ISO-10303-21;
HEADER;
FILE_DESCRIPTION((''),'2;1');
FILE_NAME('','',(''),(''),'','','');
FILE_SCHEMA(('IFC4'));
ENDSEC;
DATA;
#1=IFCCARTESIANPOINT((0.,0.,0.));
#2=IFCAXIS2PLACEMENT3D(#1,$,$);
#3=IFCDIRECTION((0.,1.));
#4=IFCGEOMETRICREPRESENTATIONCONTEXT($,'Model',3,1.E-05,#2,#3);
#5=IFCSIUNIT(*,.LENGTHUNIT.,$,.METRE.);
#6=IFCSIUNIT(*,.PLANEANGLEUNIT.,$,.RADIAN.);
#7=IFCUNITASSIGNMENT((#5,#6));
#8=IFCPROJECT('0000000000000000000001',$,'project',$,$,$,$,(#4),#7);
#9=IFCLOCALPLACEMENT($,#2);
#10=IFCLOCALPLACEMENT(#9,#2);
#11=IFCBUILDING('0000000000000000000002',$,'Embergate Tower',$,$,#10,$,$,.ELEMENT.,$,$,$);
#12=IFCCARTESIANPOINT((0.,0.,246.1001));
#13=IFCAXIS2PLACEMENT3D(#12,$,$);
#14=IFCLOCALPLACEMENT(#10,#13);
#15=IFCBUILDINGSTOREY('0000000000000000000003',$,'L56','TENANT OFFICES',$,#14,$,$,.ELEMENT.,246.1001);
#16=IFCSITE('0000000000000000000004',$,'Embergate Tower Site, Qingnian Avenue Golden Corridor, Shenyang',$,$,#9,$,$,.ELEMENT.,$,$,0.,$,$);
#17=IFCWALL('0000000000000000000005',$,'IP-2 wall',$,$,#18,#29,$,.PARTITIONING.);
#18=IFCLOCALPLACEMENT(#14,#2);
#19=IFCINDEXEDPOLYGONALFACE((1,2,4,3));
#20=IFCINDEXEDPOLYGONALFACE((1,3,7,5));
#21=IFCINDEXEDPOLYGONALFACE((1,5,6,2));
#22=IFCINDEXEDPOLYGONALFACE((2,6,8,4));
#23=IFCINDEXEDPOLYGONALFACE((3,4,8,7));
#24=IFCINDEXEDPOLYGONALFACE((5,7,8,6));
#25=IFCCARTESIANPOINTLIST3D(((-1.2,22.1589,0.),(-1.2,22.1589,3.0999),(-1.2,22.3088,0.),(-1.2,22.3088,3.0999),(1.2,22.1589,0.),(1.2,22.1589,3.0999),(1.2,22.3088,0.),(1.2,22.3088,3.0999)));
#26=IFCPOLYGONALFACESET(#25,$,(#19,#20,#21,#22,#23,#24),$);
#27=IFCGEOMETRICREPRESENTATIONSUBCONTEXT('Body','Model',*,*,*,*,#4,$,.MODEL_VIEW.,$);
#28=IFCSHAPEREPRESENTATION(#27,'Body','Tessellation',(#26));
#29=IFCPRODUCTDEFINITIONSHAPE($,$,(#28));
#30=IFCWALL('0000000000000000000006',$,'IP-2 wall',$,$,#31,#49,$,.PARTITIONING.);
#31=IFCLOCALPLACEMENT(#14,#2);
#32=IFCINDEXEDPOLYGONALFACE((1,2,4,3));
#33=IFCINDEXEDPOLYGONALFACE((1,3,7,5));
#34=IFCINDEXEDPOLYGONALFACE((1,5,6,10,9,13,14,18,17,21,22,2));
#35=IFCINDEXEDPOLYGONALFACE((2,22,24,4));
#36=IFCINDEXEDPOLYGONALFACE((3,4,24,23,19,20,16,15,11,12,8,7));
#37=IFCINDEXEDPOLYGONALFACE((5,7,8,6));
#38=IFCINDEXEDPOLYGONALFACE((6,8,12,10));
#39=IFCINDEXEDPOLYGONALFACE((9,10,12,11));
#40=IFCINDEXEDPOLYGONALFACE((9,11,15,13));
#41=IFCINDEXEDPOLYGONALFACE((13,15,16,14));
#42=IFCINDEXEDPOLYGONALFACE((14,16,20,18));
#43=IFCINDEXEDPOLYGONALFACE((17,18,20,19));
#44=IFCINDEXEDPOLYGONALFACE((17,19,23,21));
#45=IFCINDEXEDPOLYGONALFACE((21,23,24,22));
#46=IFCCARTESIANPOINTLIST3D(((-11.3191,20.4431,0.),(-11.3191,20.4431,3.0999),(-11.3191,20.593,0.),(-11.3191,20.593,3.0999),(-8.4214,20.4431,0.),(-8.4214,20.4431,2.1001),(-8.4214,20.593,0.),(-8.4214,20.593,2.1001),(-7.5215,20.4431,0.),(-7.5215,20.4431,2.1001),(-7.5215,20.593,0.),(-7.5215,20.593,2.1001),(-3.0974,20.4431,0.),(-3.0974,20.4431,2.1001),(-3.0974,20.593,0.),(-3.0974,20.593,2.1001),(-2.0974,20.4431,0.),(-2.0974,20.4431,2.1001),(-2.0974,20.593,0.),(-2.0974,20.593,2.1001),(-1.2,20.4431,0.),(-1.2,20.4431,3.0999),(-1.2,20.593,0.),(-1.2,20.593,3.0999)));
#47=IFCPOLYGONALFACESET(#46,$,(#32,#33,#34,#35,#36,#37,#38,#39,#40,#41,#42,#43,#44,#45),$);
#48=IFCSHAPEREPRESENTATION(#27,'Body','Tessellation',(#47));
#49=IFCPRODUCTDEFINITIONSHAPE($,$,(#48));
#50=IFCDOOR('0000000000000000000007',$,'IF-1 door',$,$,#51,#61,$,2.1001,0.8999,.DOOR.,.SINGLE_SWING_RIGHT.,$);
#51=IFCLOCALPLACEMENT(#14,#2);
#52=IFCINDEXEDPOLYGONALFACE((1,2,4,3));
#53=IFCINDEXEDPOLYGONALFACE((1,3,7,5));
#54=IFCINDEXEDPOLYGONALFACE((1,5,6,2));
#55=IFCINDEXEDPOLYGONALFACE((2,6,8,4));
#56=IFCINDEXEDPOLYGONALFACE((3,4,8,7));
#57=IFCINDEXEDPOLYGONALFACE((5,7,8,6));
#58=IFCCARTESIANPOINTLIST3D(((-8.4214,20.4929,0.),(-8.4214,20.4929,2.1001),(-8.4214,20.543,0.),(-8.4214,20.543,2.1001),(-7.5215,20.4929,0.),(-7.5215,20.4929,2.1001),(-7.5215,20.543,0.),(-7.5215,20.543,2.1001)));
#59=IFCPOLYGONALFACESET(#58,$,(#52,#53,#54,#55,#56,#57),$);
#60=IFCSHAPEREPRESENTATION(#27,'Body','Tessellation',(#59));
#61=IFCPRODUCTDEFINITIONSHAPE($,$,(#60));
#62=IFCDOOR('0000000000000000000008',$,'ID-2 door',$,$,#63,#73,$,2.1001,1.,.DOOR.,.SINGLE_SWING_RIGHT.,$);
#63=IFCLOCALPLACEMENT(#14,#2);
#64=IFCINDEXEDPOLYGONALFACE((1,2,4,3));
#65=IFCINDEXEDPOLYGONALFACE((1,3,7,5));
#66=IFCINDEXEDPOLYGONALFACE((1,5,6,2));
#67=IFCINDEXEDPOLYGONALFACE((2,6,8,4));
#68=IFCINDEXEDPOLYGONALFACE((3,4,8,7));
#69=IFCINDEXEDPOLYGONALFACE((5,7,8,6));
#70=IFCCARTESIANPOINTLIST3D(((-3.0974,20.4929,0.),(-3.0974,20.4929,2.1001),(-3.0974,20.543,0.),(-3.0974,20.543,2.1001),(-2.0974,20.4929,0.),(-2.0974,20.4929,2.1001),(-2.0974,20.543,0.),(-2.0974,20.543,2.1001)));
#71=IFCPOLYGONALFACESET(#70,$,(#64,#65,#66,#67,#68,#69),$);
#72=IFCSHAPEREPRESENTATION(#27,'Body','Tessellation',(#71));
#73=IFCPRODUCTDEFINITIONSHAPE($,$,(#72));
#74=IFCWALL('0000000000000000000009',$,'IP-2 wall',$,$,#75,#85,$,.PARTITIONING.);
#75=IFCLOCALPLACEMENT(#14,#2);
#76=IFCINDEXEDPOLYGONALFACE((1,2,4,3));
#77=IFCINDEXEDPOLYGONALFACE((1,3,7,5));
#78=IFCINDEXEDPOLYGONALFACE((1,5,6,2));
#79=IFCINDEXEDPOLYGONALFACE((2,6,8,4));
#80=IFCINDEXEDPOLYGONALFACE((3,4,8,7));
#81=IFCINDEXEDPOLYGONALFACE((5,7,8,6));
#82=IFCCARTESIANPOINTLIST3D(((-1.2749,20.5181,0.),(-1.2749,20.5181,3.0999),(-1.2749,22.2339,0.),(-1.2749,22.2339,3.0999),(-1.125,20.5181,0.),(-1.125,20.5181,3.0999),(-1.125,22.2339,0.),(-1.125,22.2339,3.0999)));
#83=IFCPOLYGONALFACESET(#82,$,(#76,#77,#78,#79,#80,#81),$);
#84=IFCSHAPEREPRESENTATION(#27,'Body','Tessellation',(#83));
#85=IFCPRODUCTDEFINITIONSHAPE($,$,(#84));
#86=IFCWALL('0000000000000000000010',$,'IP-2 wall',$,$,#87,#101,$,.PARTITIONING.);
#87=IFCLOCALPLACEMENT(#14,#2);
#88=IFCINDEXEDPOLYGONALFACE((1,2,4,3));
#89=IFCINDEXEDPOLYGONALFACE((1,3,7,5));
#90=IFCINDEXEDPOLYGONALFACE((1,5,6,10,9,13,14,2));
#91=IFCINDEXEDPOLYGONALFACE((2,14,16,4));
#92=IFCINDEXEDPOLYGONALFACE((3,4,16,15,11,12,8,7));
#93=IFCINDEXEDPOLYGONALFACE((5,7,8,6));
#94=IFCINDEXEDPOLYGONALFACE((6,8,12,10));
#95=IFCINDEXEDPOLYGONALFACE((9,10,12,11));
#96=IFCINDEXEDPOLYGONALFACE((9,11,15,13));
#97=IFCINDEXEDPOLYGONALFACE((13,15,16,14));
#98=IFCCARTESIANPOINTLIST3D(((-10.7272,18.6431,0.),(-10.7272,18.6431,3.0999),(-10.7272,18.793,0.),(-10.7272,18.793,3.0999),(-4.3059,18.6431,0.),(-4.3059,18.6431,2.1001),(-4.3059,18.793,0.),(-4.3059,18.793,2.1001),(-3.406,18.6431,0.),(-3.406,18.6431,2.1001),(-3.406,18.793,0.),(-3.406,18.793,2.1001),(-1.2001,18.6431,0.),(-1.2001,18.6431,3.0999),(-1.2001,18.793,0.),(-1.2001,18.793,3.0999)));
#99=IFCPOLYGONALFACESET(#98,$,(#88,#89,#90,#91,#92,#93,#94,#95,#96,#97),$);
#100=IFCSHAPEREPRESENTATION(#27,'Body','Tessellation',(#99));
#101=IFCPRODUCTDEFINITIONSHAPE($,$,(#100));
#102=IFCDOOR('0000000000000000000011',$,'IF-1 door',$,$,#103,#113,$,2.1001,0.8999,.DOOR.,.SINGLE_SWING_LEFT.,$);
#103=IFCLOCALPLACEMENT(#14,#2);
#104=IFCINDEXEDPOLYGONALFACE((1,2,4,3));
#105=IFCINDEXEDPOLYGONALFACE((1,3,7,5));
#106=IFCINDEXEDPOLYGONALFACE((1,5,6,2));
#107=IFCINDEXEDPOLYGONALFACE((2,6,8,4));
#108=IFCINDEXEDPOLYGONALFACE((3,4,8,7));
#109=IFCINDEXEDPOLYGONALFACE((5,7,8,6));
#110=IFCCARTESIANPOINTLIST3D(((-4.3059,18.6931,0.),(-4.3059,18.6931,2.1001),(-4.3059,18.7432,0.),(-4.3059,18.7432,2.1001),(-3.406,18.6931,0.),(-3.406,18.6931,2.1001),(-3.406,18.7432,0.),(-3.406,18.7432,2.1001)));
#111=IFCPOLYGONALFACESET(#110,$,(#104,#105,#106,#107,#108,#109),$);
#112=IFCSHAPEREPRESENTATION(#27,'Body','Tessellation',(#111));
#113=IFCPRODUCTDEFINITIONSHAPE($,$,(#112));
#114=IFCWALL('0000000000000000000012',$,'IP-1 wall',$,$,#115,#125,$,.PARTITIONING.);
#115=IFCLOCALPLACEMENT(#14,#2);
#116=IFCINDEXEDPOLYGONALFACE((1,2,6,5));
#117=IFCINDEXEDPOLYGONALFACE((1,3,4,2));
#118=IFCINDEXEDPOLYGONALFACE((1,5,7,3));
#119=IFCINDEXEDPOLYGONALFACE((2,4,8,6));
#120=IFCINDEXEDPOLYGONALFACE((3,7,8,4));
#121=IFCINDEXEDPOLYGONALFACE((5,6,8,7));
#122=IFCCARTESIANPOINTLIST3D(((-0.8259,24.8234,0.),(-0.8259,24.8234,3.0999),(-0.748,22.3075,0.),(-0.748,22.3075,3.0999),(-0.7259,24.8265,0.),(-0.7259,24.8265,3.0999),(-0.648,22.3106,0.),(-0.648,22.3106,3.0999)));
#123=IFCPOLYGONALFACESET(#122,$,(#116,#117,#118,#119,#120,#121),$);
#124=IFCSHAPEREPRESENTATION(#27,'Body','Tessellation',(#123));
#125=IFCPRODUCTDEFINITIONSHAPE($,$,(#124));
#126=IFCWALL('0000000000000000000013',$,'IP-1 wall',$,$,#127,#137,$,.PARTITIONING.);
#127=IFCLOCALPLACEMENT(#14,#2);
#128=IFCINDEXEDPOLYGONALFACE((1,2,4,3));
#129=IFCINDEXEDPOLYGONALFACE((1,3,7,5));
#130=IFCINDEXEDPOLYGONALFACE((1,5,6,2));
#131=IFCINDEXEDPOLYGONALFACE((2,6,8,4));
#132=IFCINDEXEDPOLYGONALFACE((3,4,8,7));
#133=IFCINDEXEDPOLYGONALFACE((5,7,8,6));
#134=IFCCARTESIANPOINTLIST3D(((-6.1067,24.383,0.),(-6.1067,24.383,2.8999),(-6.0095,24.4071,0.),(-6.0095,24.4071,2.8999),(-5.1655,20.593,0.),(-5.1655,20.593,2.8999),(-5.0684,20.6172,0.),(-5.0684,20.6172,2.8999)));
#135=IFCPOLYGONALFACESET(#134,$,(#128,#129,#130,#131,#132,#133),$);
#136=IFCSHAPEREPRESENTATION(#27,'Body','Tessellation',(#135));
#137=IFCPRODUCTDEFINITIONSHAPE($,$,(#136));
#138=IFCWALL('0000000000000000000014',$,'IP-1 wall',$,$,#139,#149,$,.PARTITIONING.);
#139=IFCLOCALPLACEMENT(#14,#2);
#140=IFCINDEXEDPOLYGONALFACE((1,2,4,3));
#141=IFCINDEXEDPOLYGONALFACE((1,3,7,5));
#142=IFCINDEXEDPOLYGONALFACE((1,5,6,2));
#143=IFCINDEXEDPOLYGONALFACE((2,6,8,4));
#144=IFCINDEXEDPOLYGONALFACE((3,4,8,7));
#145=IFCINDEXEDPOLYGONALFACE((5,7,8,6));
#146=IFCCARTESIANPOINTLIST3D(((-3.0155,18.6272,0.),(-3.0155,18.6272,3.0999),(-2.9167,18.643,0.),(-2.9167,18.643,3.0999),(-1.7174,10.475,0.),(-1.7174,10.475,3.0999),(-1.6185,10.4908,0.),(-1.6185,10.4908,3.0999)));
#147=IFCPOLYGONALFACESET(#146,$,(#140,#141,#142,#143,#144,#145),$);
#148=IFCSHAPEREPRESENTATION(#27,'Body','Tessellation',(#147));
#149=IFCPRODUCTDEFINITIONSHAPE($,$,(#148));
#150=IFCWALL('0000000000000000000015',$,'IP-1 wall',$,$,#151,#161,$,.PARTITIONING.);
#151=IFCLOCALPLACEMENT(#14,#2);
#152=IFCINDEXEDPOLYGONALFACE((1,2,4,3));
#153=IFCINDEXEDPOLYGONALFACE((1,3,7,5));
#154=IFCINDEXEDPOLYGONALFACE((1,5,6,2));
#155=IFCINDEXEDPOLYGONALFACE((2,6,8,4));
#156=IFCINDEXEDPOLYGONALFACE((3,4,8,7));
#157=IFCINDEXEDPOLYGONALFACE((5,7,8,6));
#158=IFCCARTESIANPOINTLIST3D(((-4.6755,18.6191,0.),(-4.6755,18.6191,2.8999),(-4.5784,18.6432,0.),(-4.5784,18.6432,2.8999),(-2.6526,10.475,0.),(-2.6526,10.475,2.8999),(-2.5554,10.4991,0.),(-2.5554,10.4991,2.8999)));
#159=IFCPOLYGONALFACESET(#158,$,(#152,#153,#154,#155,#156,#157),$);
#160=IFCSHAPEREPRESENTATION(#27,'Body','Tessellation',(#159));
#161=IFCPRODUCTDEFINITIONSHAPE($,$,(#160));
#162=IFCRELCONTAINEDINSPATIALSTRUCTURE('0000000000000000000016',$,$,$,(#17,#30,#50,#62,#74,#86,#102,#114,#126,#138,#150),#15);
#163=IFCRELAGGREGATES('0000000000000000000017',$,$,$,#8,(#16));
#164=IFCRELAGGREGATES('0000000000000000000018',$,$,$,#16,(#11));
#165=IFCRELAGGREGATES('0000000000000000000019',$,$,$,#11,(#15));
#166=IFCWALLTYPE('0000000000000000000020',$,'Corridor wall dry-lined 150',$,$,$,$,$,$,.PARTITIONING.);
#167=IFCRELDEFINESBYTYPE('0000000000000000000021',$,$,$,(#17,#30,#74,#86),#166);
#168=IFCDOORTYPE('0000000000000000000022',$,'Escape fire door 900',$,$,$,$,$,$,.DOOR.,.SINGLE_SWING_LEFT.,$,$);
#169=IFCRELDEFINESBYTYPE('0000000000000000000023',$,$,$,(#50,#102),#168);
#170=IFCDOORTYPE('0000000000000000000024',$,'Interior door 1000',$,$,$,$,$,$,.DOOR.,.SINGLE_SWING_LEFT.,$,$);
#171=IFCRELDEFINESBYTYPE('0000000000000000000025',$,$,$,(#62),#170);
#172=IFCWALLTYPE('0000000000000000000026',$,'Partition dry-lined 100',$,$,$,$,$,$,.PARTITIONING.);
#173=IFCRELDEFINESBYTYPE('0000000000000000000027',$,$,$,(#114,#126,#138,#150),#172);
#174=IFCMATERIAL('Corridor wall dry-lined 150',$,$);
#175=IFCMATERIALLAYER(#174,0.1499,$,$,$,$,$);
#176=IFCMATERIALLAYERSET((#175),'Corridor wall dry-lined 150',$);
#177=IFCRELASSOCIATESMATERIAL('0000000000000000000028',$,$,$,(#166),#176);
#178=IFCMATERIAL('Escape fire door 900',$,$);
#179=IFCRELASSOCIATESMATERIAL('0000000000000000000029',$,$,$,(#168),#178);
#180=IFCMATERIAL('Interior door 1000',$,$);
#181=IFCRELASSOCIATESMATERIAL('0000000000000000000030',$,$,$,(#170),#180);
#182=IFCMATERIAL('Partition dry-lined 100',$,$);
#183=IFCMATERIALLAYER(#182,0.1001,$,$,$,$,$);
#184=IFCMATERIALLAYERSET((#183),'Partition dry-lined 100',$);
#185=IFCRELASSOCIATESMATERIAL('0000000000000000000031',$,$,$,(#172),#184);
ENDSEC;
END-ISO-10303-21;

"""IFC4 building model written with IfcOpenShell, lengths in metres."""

from ifc_helpers import new_model, si_unit, direction, frame, frame_2d, origin, place, context, subcontext, project, spatial, rectangle, extrude, source, transform, mapped, material, layer, layer_set, type_object, element, fill, save


model = new_model("IFC4")

# Units and contexts
model_context = context("Model", 3, precision=1e-05, world=origin(), true_north=direction((0.0, 1.0)))
body_context = subcontext(model_context, "Body", "Model", "MODEL_VIEW")
ifc_project = project(units=[si_unit("LENGTHUNIT", "METRE"), si_unit("PLANEANGLEUNIT", "RADIAN")], contexts=[model_context])

# Site, building, storey
site_placement = place(None, origin())
site = spatial("IfcSite", under=ifc_project, at=site_placement, Name="Embergate Tower Site, Qingnian Avenue Golden Corridor, Shenyang", CompositionType="ELEMENT", RefElevation=0.0)
building_placement = place(site_placement, origin())
building = spatial("IfcBuilding", under=site, at=building_placement, Name="Embergate Tower", CompositionType="ELEMENT")
storey_placement = place(building_placement, frame((0.0, 0.0, 246.1001)))
storey = spatial("IfcBuildingStorey", under=building, at=storey_placement, Name="L56", Description="TENANT OFFICES", CompositionType="ELEMENT", Elevation=246.1001)

# Wall
ifc_material_1 = material(Name="Corridor wall dry-lined 150")
ifc_layer_1 = layer(ifc_material_1, 0.1499)
ifc_layer_set_1 = layer_set([ifc_layer_1], Name="Corridor wall dry-lined 150")
wall_type_1 = type_object("IfcWallType", Name="Corridor wall dry-lined 150", PredefinedType="PARTITIONING", material=ifc_layer_set_1)
shared_shape_1 = source(origin(), body_context, "Body", "SweptSolid", [
    extrude(rectangle(XDim=2.3999, YDim=0.1499, at=frame_2d((1.2, 0.0))), origin(), (0.0, 0.0, 1.0), 3.0999),
])
wall_1_placement = place(storey_placement, frame((-1.2, 22.2339, 0.0), z_axis=(0.0, 0.0, 1.0), x_axis=(1.0, 0.0, 0.0)))
element("IfcWall", 1, at=wall_1_placement, inside=storey, type_object=wall_type_1, Name="IP-2 wall", PredefinedType="PARTITIONING", context=body_context, shape_type="MappedRepresentation", body=[
    mapped(shared_shape_1, transform((0.0, 0.0, 0.0))),
])

# Wall, openings, doors
shared_shape_2 = source(origin(), body_context, "Body", "SweptSolid", [
    extrude(rectangle(XDim=10.1191, YDim=0.1499, at=frame_2d((5.0596, 0.0))), origin(), (0.0, 0.0, 1.0), 3.0999),
])
wall_2_placement = place(storey_placement, frame((-11.3191, 20.5181, 0.0), z_axis=(0.0, 0.0, 1.0), x_axis=(1.0, 0.0, 0.0)))
wall_2 = element("IfcWall", 2, at=wall_2_placement, inside=storey, type_object=wall_type_1, Name="IP-2 wall", PredefinedType="PARTITIONING", context=body_context, shape_type="MappedRepresentation", body=[
    mapped(shared_shape_2, transform((0.0, 0.0, 0.0))),
])
shared_shape_3 = source(origin(), body_context, "Body", "SweptSolid", [
    extrude(rectangle(XDim=1.0, YDim=2.1001, at=frame_2d((0.5, 1.05))), frame((0.0, 0.085, 0.0), z_axis=(0.0, -1.0, 0.0), x_axis=(1.0, 0.0, 0.0)), (0.0, 0.0, 1.0), 0.1699),
])
opening_1_placement = place(wall_2_placement, frame((8.2217, 0.0, 0.0)))
opening_1 = element("IfcOpeningElement", 3, at=opening_1_placement, cuts=wall_2, PredefinedType="OPENING", context=body_context, shape_type="MappedRepresentation", body=[
    mapped(shared_shape_3, transform((0.0, 0.0, 0.0))),
])
shared_shape_4 = source(origin(), body_context, "Body", "SweptSolid", [
    extrude(rectangle(XDim=0.8999, YDim=2.1001, at=frame_2d((0.45, 1.05))), frame((0.0, 0.085, 0.0), z_axis=(0.0, -1.0, 0.0), x_axis=(1.0, 0.0, 0.0)), (0.0, 0.0, 1.0), 0.1699),
])
opening_2_placement = place(wall_2_placement, frame((2.8977, 0.0, 0.0)))
opening_2 = element("IfcOpeningElement", 4, at=opening_2_placement, cuts=wall_2, PredefinedType="OPENING", context=body_context, shape_type="MappedRepresentation", body=[
    mapped(shared_shape_4, transform((0.0, 0.0, 0.0))),
])
ifc_material_2 = material(Name="Escape fire door 900")
door_type_1 = type_object("IfcDoorType", Name="Escape fire door 900", OperationType="SINGLE_SWING_LEFT", PredefinedType="DOOR", material=ifc_material_2)
shared_shape_5 = source(origin(), body_context, "Body", "SweptSolid", [
    extrude(rectangle(XDim=0.8999, YDim=2.1001, at=frame_2d((0.45, 1.05))), frame((0.0, 0.0249, 0.0), z_axis=(0.0, -1.0, 0.0), x_axis=(1.0, 0.0, 0.0)), (0.0, 0.0, 1.0), 0.05),
])
door_1_placement = place(opening_2_placement, origin())
door_1 = element("IfcDoor", 5, at=door_1_placement, inside=storey, type_object=door_type_1, Name="IF-1 door", OperationType="SINGLE_SWING_RIGHT", OverallHeight=2.1001, OverallWidth=0.8999, PredefinedType="DOOR", context=body_context, shape_type="MappedRepresentation", body=[
    mapped(shared_shape_5, transform((0.0, 0.0, 0.0))),
])
fill(opening_2, door_1)
ifc_material_3 = material(Name="Interior door 1000")
door_type_2 = type_object("IfcDoorType", Name="Interior door 1000", OperationType="SINGLE_SWING_LEFT", PredefinedType="DOOR", material=ifc_material_3)
shared_shape_6 = source(origin(), body_context, "Body", "SweptSolid", [
    extrude(rectangle(XDim=1.0, YDim=2.1001, at=frame_2d((0.5, 1.05))), frame((0.0, 0.0249, 0.0), z_axis=(0.0, -1.0, 0.0), x_axis=(1.0, 0.0, 0.0)), (0.0, 0.0, 1.0), 0.05),
])
door_2_placement = place(opening_1_placement, origin())
door_2 = element("IfcDoor", 6, at=door_2_placement, inside=storey, type_object=door_type_2, Name="ID-2 door", OperationType="SINGLE_SWING_RIGHT", OverallHeight=2.1001, OverallWidth=1.0, PredefinedType="DOOR", context=body_context, shape_type="MappedRepresentation", body=[
    mapped(shared_shape_6, transform((0.0, 0.0, 0.0))),
])
fill(opening_1, door_2)

# Wall
shared_shape_7 = source(origin(), body_context, "Body", "SweptSolid", [
    extrude(rectangle(XDim=1.7158, YDim=0.1499, at=frame_2d((0.8579, 0.0))), origin(), (0.0, 0.0, 1.0), 3.0999),
])
wall_3_placement = place(storey_placement, frame((-1.2, 20.5181, 0.0), z_axis=(0.0, 0.0, 1.0), x_axis=(0.0, 1.0, 0.0)))
element("IfcWall", 7, at=wall_3_placement, inside=storey, type_object=wall_type_1, Name="IP-2 wall", PredefinedType="PARTITIONING", context=body_context, shape_type="MappedRepresentation", body=[
    mapped(shared_shape_7, transform((0.0, 0.0, 0.0))),
])

# Wall, opening, door
shared_shape_8 = source(origin(), body_context, "Body", "SweptSolid", [
    extrude(rectangle(XDim=9.5271, YDim=0.1499, at=frame_2d((4.7637, 0.0))), origin(), (0.0, 0.0, 1.0), 3.0999),
])
wall_4_placement = place(storey_placement, frame((-1.2, 18.718, 0.0), z_axis=(0.0, 0.0, 1.0), x_axis=(-1.0, 0.0, 0.0)))
wall_4 = element("IfcWall", 8, at=wall_4_placement, inside=storey, type_object=wall_type_1, Name="IP-2 wall", PredefinedType="PARTITIONING", context=body_context, shape_type="MappedRepresentation", body=[
    mapped(shared_shape_8, transform((0.0, 0.0, 0.0))),
])
opening_3_placement = place(wall_4_placement, frame((2.2061, 0.0, 0.0)))
opening_3 = element("IfcOpeningElement", 9, at=opening_3_placement, cuts=wall_4, PredefinedType="OPENING", context=body_context, shape_type="MappedRepresentation", body=[
    mapped(shared_shape_4, transform((0.0, 0.0, 0.0))),
])
door_3_placement = place(opening_3_placement, origin())
door_3 = element("IfcDoor", 10, at=door_3_placement, inside=storey, type_object=door_type_1, Name="IF-1 door", OperationType="SINGLE_SWING_LEFT", OverallHeight=2.1001, OverallWidth=0.8999, PredefinedType="DOOR", context=body_context, shape_type="MappedRepresentation", body=[
    mapped(shared_shape_5, transform((0.0, 0.0, 0.0))),
])
fill(opening_3, door_3)

# Walls
ifc_material_4 = material(Name="Partition dry-lined 100")
ifc_layer_2 = layer(ifc_material_4, 0.1001)
ifc_layer_set_2 = layer_set([ifc_layer_2], Name="Partition dry-lined 100")
wall_type_2 = type_object("IfcWallType", Name="Partition dry-lined 100", PredefinedType="PARTITIONING", material=ifc_layer_set_2)
shared_shape_9 = source(origin(), body_context, "Body", "SweptSolid", [
    extrude(rectangle(XDim=2.5171, YDim=0.1001, at=frame_2d((1.2585, 0.0))), origin(), (0.0, 0.0, 1.0), 3.0999),
])
wall_5_placement = place(storey_placement, frame((-0.698, 22.3091, 0.0), z_axis=(0.0, 0.0, 1.0), x_axis=(-0.030941, 0.999521, 0.0)))
element("IfcWall", 11, at=wall_5_placement, inside=storey, type_object=wall_type_2, Name="IP-1 wall", PredefinedType="PARTITIONING", context=body_context, shape_type="MappedRepresentation", body=[
    mapped(shared_shape_9, transform((0.0, 0.0, 0.0))),
])
shared_shape_10 = source(origin(), body_context, "Body", "SweptSolid", [
    extrude(rectangle(XDim=3.905, YDim=0.1001, at=frame_2d((1.9526, 0.0))), origin(), (0.0, 0.0, 1.0), 2.8999),
])
wall_6_placement = place(storey_placement, frame((-5.1169, 20.605, 0.0), z_axis=(0.0, 0.0, 1.0), x_axis=(-0.241005, 0.970524, 0.0)))
element("IfcWall", 12, at=wall_6_placement, inside=storey, type_object=wall_type_2, Name="IP-1 wall", PredefinedType="PARTITIONING", context=body_context, shape_type="MappedRepresentation", body=[
    mapped(shared_shape_10, transform((0.0, 0.0, 0.0))),
])
shared_shape_11 = source(origin(), body_context, "Body", "SweptSolid", [
    extrude(rectangle(XDim=8.2549, YDim=0.1001, at=frame_2d((4.1274, 0.0))), origin(), (0.0, 0.0, 1.0), 3.0999),
])
wall_7_placement = place(storey_placement, frame((-1.668, 10.4829, 0.0), z_axis=(0.0, 0.0, 1.0), x_axis=(-0.157253, 0.987558, 0.0)))
element("IfcWall", 13, at=wall_7_placement, inside=storey, type_object=wall_type_2, Name="IP-1 wall", PredefinedType="PARTITIONING", context=body_context, shape_type="MappedRepresentation", body=[
    mapped(shared_shape_11, transform((0.0, 0.0, 0.0))),
])
shared_shape_12 = source(origin(), body_context, "Body", "SweptSolid", [
    extrude(rectangle(XDim=8.3916, YDim=0.1001, at=frame_2d((4.1958, 0.0))), origin(), (0.0, 0.0, 1.0), 2.8999),
])
wall_8_placement = place(storey_placement, frame((-2.604, 10.4871, 0.0), z_axis=(0.0, 0.0, 1.0), x_axis=(-0.24107, 0.970508, 0.0)))
element("IfcWall", 14, at=wall_8_placement, inside=storey, type_object=wall_type_2, Name="IP-1 wall", PredefinedType="PARTITIONING", context=body_context, shape_type="MappedRepresentation", body=[
    mapped(shared_shape_12, transform((0.0, 0.0, 0.0))),
])

save(model, "model.ifc")
